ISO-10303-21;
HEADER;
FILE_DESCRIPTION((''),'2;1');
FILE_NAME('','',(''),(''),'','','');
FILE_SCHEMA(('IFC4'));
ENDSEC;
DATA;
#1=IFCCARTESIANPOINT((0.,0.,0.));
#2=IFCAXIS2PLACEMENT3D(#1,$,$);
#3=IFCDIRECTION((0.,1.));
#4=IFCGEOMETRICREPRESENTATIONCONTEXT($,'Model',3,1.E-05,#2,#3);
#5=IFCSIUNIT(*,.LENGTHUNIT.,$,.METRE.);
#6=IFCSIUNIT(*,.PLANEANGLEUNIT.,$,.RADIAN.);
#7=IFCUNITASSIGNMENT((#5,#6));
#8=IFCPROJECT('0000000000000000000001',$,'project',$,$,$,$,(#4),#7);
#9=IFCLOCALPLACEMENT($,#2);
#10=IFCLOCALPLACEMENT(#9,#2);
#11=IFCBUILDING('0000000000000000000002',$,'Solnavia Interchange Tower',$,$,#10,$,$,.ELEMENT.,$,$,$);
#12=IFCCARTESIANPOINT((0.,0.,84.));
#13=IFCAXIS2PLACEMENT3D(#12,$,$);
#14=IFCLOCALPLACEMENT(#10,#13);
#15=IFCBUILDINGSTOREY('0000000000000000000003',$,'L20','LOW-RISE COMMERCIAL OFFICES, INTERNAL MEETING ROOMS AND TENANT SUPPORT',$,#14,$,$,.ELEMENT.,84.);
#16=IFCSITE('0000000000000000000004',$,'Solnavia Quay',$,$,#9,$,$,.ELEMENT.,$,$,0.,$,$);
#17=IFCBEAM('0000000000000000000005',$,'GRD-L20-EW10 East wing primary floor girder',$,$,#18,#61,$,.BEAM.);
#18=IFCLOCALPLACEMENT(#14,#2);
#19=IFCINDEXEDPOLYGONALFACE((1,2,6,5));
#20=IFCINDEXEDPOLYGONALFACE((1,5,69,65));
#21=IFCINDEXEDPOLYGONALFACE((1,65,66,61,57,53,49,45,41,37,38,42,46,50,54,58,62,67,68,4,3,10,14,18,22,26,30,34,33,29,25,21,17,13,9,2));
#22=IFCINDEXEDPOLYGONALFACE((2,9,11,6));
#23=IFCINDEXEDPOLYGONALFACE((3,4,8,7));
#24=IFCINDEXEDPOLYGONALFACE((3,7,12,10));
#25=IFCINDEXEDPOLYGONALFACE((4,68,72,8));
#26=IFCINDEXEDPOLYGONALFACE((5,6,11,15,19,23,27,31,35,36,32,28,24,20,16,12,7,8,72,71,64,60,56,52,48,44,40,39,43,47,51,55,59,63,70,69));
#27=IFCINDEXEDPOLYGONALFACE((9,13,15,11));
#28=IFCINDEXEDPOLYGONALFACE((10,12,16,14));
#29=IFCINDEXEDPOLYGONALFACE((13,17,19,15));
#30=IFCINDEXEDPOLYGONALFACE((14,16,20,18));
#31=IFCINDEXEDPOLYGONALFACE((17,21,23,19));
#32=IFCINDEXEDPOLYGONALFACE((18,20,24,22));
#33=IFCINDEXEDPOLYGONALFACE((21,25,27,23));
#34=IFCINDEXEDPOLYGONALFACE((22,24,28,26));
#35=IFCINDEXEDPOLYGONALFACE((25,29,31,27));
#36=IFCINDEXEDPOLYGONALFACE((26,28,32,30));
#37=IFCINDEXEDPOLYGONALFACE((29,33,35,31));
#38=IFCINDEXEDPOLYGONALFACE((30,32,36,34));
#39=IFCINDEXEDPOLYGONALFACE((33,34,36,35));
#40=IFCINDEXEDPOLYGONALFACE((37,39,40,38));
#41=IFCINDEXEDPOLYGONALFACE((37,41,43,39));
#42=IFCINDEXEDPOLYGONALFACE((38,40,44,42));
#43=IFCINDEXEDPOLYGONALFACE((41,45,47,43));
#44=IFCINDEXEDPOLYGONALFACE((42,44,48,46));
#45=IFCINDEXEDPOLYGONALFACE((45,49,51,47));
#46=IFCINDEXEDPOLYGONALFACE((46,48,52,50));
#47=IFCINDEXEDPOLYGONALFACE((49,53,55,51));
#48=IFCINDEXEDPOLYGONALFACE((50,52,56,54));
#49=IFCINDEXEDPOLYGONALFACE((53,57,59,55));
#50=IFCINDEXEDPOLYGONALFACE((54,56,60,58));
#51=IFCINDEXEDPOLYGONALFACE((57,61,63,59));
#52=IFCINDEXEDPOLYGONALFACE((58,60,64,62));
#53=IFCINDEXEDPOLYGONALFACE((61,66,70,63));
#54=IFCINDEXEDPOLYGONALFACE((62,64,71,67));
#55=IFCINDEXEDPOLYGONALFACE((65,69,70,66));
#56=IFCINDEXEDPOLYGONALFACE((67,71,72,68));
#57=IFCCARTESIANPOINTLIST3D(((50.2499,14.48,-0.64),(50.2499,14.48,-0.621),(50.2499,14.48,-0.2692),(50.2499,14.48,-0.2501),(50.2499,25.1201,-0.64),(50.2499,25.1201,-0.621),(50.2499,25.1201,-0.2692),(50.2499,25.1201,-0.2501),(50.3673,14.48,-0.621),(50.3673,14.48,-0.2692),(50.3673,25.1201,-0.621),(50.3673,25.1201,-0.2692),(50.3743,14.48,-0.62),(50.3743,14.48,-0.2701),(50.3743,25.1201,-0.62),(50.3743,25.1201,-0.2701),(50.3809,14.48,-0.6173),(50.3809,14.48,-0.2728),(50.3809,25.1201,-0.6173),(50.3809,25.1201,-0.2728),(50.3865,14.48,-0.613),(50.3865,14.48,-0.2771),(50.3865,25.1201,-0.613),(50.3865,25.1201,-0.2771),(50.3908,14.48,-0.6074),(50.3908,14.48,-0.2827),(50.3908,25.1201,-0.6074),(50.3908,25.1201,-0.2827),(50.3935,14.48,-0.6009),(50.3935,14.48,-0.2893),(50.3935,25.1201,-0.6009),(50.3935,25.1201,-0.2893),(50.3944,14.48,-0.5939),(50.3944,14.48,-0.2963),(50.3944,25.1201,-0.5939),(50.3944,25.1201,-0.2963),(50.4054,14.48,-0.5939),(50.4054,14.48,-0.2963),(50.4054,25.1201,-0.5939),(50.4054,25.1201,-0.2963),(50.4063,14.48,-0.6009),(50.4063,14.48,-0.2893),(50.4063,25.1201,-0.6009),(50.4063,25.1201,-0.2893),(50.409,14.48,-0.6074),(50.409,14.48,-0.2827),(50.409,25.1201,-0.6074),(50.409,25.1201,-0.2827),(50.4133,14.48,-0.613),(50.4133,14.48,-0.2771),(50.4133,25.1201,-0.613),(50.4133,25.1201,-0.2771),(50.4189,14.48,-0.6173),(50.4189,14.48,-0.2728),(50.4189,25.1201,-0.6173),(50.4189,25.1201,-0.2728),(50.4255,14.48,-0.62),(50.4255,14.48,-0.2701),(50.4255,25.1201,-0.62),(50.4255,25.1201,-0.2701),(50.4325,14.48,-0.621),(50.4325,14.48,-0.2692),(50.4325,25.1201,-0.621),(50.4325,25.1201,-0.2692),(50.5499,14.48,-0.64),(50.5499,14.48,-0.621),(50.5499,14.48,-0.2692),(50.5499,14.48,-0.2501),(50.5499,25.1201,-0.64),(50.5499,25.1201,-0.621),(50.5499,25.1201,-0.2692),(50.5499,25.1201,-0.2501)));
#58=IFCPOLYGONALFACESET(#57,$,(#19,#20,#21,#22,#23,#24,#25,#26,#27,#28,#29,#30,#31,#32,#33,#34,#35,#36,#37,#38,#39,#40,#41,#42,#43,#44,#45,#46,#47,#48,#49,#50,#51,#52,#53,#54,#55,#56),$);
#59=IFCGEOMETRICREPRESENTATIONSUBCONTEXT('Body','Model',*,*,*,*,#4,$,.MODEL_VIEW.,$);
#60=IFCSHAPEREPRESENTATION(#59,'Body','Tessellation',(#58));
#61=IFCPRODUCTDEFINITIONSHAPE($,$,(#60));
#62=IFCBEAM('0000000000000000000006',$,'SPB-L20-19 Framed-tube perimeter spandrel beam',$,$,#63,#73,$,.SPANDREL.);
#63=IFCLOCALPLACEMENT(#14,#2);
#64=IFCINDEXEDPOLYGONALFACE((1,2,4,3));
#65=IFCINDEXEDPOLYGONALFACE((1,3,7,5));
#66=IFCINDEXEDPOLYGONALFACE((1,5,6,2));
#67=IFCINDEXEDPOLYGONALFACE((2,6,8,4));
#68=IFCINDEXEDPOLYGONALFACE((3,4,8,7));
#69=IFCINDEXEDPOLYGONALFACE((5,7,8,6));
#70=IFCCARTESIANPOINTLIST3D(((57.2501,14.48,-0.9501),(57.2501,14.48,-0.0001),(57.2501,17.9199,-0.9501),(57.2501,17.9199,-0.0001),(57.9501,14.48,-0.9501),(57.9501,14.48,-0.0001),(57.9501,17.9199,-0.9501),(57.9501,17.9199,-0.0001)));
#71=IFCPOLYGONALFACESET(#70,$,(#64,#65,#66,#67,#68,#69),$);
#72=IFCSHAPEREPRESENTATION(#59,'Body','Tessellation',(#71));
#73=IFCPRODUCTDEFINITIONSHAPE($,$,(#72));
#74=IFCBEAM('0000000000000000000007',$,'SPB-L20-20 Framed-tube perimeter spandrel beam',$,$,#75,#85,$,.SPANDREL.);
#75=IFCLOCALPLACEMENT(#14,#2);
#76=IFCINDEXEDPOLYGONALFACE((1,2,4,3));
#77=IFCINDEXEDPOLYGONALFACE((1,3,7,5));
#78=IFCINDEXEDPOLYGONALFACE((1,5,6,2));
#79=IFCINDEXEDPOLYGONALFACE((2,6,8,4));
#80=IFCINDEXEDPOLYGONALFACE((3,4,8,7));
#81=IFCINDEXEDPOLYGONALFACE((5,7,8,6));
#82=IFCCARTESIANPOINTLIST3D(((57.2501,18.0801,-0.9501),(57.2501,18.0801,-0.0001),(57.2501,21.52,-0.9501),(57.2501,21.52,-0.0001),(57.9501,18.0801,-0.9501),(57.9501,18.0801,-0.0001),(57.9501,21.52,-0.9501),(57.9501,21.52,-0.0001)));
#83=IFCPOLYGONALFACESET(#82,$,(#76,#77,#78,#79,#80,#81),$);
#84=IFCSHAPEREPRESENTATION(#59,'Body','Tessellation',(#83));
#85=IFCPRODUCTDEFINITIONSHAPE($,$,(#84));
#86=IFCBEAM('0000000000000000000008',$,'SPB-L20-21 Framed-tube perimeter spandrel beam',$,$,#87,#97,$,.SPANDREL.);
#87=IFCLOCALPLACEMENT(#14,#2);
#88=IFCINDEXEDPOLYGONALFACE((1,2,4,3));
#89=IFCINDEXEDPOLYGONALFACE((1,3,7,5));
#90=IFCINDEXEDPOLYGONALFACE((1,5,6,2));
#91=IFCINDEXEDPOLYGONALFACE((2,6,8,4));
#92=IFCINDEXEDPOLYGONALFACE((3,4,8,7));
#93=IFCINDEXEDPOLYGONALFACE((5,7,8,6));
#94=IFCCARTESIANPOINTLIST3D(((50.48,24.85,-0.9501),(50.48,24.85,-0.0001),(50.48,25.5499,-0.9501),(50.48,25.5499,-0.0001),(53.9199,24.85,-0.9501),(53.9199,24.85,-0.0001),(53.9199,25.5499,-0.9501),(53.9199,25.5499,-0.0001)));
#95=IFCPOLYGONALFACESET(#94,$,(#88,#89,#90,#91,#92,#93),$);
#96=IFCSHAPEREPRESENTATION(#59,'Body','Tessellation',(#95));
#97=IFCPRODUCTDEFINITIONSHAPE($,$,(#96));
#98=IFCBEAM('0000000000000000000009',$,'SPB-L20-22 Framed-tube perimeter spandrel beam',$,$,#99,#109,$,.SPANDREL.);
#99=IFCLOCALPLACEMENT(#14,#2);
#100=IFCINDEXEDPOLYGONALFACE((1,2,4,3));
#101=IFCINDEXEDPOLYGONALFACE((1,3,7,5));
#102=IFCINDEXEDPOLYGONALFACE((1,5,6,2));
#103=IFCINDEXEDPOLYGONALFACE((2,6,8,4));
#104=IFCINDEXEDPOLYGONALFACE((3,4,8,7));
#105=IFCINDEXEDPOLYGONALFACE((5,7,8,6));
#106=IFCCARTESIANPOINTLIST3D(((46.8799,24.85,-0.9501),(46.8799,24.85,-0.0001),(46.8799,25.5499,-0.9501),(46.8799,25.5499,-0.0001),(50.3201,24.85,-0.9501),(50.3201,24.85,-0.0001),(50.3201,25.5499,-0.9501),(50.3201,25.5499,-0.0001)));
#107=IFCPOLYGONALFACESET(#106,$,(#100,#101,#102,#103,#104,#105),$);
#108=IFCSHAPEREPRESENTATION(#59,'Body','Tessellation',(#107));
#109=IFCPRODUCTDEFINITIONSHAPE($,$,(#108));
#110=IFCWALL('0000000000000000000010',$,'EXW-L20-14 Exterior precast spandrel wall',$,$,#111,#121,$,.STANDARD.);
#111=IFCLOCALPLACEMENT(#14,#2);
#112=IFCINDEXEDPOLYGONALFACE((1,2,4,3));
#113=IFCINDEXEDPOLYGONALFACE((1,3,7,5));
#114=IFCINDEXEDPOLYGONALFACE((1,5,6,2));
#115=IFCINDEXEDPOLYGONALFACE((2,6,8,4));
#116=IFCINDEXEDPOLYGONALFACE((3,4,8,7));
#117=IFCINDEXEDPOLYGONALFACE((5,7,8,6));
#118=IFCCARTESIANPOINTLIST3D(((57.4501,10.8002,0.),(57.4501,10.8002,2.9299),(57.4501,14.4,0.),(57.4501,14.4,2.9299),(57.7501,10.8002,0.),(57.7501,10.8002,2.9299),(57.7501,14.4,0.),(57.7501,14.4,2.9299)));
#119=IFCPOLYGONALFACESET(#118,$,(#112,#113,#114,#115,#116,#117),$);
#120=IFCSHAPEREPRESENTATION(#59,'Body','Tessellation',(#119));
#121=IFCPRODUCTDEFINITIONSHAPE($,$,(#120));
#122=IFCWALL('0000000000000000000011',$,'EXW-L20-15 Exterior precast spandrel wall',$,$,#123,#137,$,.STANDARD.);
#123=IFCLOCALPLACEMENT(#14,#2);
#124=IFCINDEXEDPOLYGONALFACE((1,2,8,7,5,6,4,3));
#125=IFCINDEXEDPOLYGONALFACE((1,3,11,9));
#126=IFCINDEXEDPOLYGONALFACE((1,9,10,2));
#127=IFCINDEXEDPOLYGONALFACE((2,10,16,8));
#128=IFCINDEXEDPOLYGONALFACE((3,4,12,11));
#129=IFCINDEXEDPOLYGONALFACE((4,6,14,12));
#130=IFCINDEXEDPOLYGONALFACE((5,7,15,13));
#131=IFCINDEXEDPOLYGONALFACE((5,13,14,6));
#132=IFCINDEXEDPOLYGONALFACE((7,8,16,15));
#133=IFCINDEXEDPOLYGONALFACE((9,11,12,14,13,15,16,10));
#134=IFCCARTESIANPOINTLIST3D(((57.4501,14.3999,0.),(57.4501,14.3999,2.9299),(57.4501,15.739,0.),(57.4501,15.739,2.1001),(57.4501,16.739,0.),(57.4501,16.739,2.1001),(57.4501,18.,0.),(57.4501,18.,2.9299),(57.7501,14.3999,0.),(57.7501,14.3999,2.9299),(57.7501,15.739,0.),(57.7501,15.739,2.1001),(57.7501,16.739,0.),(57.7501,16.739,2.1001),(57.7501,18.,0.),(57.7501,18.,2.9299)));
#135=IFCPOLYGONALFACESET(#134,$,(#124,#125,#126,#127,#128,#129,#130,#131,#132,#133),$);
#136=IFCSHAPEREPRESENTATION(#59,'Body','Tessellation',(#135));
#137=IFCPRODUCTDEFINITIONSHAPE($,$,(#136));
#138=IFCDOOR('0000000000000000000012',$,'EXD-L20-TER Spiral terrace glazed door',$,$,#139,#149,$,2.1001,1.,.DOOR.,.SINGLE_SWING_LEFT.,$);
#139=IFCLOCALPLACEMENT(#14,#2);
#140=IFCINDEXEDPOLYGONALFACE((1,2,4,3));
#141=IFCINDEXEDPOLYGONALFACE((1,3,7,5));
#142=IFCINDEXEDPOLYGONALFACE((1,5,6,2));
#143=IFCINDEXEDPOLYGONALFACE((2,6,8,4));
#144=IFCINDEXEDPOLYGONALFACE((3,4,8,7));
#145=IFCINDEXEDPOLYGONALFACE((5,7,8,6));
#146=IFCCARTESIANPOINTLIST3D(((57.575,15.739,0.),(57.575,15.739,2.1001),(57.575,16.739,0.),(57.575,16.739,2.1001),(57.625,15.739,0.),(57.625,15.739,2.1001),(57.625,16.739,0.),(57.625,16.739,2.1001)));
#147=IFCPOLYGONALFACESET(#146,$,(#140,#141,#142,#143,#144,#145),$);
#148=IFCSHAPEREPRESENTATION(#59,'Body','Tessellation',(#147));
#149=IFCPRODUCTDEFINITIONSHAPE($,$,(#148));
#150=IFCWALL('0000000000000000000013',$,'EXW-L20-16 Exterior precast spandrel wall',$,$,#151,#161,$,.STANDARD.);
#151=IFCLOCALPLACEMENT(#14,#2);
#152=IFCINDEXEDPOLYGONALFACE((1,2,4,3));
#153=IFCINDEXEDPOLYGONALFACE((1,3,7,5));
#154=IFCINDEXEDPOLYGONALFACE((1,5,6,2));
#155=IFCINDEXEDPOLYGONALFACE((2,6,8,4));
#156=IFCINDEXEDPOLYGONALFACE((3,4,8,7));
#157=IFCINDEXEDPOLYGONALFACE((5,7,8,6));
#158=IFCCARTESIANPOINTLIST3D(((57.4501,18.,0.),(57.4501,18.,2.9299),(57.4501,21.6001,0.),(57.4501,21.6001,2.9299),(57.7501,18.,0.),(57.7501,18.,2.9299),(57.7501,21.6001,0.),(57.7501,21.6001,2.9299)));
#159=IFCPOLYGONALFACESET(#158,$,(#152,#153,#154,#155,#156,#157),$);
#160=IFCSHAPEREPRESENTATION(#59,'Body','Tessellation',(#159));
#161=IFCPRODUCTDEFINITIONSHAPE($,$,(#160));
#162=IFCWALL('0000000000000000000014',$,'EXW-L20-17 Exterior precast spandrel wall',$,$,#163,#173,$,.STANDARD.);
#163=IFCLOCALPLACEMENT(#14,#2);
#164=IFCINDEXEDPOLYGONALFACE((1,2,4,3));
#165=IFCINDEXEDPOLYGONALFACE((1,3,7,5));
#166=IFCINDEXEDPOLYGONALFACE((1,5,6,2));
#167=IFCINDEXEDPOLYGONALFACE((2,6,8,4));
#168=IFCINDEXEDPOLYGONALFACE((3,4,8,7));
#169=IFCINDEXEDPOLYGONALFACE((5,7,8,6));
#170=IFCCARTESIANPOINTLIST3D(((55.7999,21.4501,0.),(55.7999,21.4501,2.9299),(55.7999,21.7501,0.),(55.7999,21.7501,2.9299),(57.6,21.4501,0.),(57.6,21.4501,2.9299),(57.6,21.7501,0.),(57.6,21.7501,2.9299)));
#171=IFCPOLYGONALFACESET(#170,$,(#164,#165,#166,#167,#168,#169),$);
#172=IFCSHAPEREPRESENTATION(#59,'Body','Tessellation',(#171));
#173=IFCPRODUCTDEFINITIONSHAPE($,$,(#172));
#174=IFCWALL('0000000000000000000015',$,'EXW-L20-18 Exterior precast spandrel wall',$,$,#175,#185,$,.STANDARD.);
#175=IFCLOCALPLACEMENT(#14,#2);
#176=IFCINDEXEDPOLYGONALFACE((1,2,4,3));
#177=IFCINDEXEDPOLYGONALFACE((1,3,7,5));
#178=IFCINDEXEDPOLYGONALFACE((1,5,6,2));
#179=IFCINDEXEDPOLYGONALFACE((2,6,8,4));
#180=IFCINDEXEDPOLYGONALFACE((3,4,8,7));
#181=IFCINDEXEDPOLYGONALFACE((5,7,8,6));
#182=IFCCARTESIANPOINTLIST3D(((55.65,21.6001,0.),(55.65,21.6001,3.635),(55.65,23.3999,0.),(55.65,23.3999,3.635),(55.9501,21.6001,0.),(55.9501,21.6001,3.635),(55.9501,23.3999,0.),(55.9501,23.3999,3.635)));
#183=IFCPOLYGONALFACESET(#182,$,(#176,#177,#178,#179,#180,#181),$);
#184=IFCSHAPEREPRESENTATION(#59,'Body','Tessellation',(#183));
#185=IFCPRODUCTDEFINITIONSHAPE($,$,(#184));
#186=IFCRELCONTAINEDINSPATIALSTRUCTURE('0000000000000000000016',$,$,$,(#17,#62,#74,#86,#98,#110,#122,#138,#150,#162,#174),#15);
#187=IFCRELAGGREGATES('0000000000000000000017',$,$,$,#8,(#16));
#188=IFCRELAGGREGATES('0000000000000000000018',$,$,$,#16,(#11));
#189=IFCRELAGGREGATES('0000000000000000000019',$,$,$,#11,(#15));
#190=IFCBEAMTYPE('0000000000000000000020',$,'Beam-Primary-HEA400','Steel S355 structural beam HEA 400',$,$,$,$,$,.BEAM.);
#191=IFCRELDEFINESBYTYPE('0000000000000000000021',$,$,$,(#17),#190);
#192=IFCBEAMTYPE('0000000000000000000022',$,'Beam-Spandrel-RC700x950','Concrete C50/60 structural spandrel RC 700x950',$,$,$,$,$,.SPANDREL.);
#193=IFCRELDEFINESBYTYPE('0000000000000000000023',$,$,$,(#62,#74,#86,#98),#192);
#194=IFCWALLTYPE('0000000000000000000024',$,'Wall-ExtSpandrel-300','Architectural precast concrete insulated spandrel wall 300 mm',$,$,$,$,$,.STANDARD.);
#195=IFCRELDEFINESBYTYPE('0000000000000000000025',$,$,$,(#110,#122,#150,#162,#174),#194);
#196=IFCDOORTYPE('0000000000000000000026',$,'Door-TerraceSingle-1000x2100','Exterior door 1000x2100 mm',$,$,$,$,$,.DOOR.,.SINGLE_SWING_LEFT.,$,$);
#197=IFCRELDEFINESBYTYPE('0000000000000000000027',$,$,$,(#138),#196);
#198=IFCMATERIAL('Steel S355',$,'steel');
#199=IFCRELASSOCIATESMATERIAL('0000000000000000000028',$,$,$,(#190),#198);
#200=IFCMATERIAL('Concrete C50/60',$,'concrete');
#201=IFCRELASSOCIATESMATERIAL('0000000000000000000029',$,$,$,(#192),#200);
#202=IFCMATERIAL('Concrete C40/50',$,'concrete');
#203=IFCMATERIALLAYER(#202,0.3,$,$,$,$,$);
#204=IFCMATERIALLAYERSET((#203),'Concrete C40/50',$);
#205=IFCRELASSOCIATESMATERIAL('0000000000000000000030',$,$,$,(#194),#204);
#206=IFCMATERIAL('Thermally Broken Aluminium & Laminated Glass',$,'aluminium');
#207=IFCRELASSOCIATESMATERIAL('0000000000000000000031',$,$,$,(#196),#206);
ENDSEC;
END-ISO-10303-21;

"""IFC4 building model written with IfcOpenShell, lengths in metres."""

from ifc_helpers import new_model, si_unit, direction, frame, frame_2d, origin, origin_2d, place, context, subcontext, project, spatial, rectangle, i_section, extrude, material, layer, layer_set, material_profile, profile_set, type_object, element, fill, save


model = new_model("IFC4")

# Units and contexts
model_context = context("Model", 3, precision=1e-05, world=origin(), true_north=direction((0.0, 1.0)))
body_context = subcontext(model_context, "Body", "Model", "MODEL_VIEW")
ifc_project = project(units=[si_unit("LENGTHUNIT", "METRE"), si_unit("PLANEANGLEUNIT", "RADIAN")], contexts=[model_context])

# Site, building, storey
site_placement = place(None, origin())
site = spatial("IfcSite", under=ifc_project, at=site_placement, Name="Solnavia Quay", CompositionType="ELEMENT", RefElevation=0.0)
building_placement = place(site_placement, origin())
building = spatial("IfcBuilding", under=site, at=building_placement, Name="Solnavia Interchange Tower", CompositionType="ELEMENT")
storey_placement = place(building_placement, frame((0.0, 0.0, 84.0)))
storey = spatial("IfcBuildingStorey", under=building, at=storey_placement, Name="L20", Description="LOW-RISE COMMERCIAL OFFICES, INTERNAL MEETING ROOMS AND TENANT SUPPORT", CompositionType="ELEMENT", Elevation=84.0)

# Shared definitions
ifc_material_1 = material(Name="Concrete C50/60", Category="concrete")
ifc_material_2 = material(Name="Steel S355", Category="steel")

# Beams
ifc_material_profile_1 = material_profile(ifc_material_2, i_section(OverallWidth=0.3, OverallDepth=0.3899, WebThickness=0.011, FlangeThickness=0.019, FilletRadius=0.0271, at=origin_2d()), Name="HEA 400")
ifc_profile_set_1 = profile_set([ifc_material_profile_1], Name="Steel S355")
beam_type_1 = type_object("IfcBeamType", Name="Beam-Primary-HEA400", Description="Steel S355 structural beam HEA 400", PredefinedType="BEAM", material=ifc_profile_set_1)
beam_1_placement = place(storey_placement, frame((50.3999, 14.48, -0.4451), z_axis=(0.0, 1.0, 0.0), x_axis=(-1.0, 0.0, 0.0)))
element("IfcBeam", 1, at=beam_1_placement, inside=storey, type_object=beam_type_1, Name="GRD-L20-EW10 East wing primary floor girder", PredefinedType="BEAM", context=body_context, shape_type="SweptSolid", body=[
    extrude(i_section(OverallWidth=0.3, OverallDepth=0.3899, WebThickness=0.011, FlangeThickness=0.019, FilletRadius=0.0271, at=origin_2d()), origin(), (0.0, 0.0, 1.0), 10.6401),
])
ifc_material_profile_2 = material_profile(ifc_material_1, rectangle(XDim=0.7, YDim=0.95, at=origin_2d()), Name="RC 700x950")
ifc_profile_set_2 = profile_set([ifc_material_profile_2], Name="Concrete C50/60")
beam_type_2 = type_object("IfcBeamType", Name="Beam-Spandrel-RC700x950", Description="Concrete C50/60 structural spandrel RC 700x950", PredefinedType="SPANDREL", material=ifc_profile_set_2)
for number, where, z_axis, x_axis, name in (
    (2, (57.6001, 14.48, -0.4751), (0.0, 1.0, 0.0), (-1.0, 0.0, 0.0), "SPB-L20-19 Framed-tube perimeter spandrel beam"),
    (3, (57.6001, 18.0801, -0.4751), (0.0, 1.0, 0.0), (-1.0, 0.0, 0.0), "SPB-L20-20 Framed-tube perimeter spandrel beam"),
    (4, (53.9199, 25.2, -0.4751), (-1.0, 0.0, 0.0), (0.0, -1.0, 0.0), "SPB-L20-21 Framed-tube perimeter spandrel beam"),
):
    element("IfcBeam", number, at=place(storey_placement, frame(where, z_axis=z_axis, x_axis=x_axis)), inside=storey, type_object=beam_type_2, Name=name, PredefinedType="SPANDREL", context=body_context, shape_type="SweptSolid", body=[
        extrude(rectangle(XDim=0.7, YDim=0.95, at=origin_2d()), origin(), (0.0, 0.0, 1.0), 3.4399),
    ])
beam_2_placement = place(storey_placement, frame((50.3201, 25.2, -0.4751), z_axis=(-1.0, 0.0, 0.0), x_axis=(0.0, -1.0, 0.0)))
element("IfcBeam", 5, at=beam_2_placement, inside=storey, type_object=beam_type_2, Name="SPB-L20-22 Framed-tube perimeter spandrel beam", PredefinedType="SPANDREL", context=body_context, shape_type="SweptSolid", body=[
    extrude(rectangle(XDim=0.7, YDim=0.95, at=origin_2d()), origin(), (0.0, 0.0, 1.0), 3.4402),
])

# Wall
ifc_material_3 = material(Name="Concrete C40/50", Category="concrete")
ifc_layer = layer(ifc_material_3, 0.3)
ifc_layer_set = layer_set([ifc_layer], Name="Concrete C40/50")
wall_type = type_object("IfcWallType", Name="Wall-ExtSpandrel-300", Description="Architectural precast concrete insulated spandrel wall 300 mm", PredefinedType="STANDARD", material=ifc_layer_set)
wall_1_placement = place(storey_placement, frame((57.6001, 14.3999, 0.0), z_axis=(0.0, 0.0, 1.0), x_axis=(0.0, -1.0, 0.0)))
element("IfcWall", 6, at=wall_1_placement, inside=storey, type_object=wall_type, Name="EXW-L20-14 Exterior precast spandrel wall", PredefinedType="STANDARD", context=body_context, shape_type="SweptSolid", body=[
    extrude(rectangle(XDim=3.5999, YDim=0.3, at=frame_2d((1.7998, 0.0))), origin(), (0.0, 0.0, 1.0), 2.9299),
])

# Wall, opening, door
wall_2_placement = place(storey_placement, frame((57.6001, 18.0, 0.0), z_axis=(0.0, 0.0, 1.0), x_axis=(0.0, -1.0, 0.0)))
wall_2 = element("IfcWall", 7, at=wall_2_placement, inside=storey, type_object=wall_type, Name="EXW-L20-15 Exterior precast spandrel wall", PredefinedType="STANDARD", context=body_context, shape_type="SweptSolid", body=[
    extrude(rectangle(XDim=3.6001, YDim=0.3, at=frame_2d((1.8, 0.0))), origin(), (0.0, 0.0, 1.0), 2.9299),
])
opening_placement = place(wall_2_placement, frame((1.261, 0.0, 0.0)))
opening = element("IfcOpeningElement", 8, at=opening_placement, cuts=wall_2, PredefinedType="OPENING", context=body_context, shape_type="SweptSolid", body=[
    extrude(rectangle(XDim=1.0, YDim=2.1001, at=frame_2d((0.5, 1.05))), frame((0.0, 0.1602, 0.0), z_axis=(0.0, -1.0, 0.0), x_axis=(1.0, 0.0, 0.0)), (0.0, 0.0, 1.0), 0.3201),
])
ifc_material_4 = material(Name="Thermally Broken Aluminium & Laminated Glass", Category="aluminium")
door_type = type_object("IfcDoorType", Name="Door-TerraceSingle-1000x2100", Description="Exterior door 1000x2100 mm", OperationType="SINGLE_SWING_LEFT", PredefinedType="DOOR", material=ifc_material_4)
door_placement = place(opening_placement, origin())
door = element("IfcDoor", 9, at=door_placement, inside=storey, type_object=door_type, Name="EXD-L20-TER Spiral terrace glazed door", OperationType="SINGLE_SWING_LEFT", OverallHeight=2.1001, OverallWidth=1.0, PredefinedType="DOOR", context=body_context, shape_type="SweptSolid", body=[
    extrude(rectangle(XDim=1.0, YDim=2.1001, at=frame_2d((0.5, 1.05))), frame((0.0, 0.0249, 0.0), z_axis=(0.0, -1.0, 0.0), x_axis=(1.0, 0.0, 0.0)), (0.0, 0.0, 1.0), 0.05),
])
fill(opening, door)

# Walls
wall_3_placement = place(storey_placement, frame((57.6001, 21.6001, 0.0), z_axis=(0.0, 0.0, 1.0), x_axis=(0.0, -1.0, 0.0)))
element("IfcWall", 10, at=wall_3_placement, inside=storey, type_object=wall_type, Name="EXW-L20-16 Exterior precast spandrel wall", PredefinedType="STANDARD", context=body_context, shape_type="SweptSolid", body=[
    extrude(rectangle(XDim=3.6001, YDim=0.3, at=frame_2d((1.8, 0.0))), origin(), (0.0, 0.0, 1.0), 2.9299),
])
wall_4_placement = place(storey_placement, frame((55.8, 21.6001, 0.0), z_axis=(0.0, 0.0, 1.0), x_axis=(1.0, 0.0, 0.0)))
element("IfcWall", 11, at=wall_4_placement, inside=storey, type_object=wall_type, Name="EXW-L20-17 Exterior precast spandrel wall", PredefinedType="STANDARD", context=body_context, shape_type="SweptSolid", body=[
    extrude(rectangle(XDim=1.8, YDim=0.3, at=frame_2d((0.8999, 0.0))), origin(), (0.0, 0.0, 1.0), 2.9299),
])
wall_5_placement = place(storey_placement, frame((55.8, 23.3999, 0.0), z_axis=(0.0, 0.0, 1.0), x_axis=(0.0, -1.0, 0.0)))
element("IfcWall", 12, at=wall_5_placement, inside=storey, type_object=wall_type, Name="EXW-L20-18 Exterior precast spandrel wall", PredefinedType="STANDARD", context=body_context, shape_type="SweptSolid", body=[
    extrude(rectangle(XDim=1.7998, YDim=0.3, at=frame_2d((0.8999, 0.0))), origin(), (0.0, 0.0, 1.0), 3.635),
])

save(model, "model.ifc")
